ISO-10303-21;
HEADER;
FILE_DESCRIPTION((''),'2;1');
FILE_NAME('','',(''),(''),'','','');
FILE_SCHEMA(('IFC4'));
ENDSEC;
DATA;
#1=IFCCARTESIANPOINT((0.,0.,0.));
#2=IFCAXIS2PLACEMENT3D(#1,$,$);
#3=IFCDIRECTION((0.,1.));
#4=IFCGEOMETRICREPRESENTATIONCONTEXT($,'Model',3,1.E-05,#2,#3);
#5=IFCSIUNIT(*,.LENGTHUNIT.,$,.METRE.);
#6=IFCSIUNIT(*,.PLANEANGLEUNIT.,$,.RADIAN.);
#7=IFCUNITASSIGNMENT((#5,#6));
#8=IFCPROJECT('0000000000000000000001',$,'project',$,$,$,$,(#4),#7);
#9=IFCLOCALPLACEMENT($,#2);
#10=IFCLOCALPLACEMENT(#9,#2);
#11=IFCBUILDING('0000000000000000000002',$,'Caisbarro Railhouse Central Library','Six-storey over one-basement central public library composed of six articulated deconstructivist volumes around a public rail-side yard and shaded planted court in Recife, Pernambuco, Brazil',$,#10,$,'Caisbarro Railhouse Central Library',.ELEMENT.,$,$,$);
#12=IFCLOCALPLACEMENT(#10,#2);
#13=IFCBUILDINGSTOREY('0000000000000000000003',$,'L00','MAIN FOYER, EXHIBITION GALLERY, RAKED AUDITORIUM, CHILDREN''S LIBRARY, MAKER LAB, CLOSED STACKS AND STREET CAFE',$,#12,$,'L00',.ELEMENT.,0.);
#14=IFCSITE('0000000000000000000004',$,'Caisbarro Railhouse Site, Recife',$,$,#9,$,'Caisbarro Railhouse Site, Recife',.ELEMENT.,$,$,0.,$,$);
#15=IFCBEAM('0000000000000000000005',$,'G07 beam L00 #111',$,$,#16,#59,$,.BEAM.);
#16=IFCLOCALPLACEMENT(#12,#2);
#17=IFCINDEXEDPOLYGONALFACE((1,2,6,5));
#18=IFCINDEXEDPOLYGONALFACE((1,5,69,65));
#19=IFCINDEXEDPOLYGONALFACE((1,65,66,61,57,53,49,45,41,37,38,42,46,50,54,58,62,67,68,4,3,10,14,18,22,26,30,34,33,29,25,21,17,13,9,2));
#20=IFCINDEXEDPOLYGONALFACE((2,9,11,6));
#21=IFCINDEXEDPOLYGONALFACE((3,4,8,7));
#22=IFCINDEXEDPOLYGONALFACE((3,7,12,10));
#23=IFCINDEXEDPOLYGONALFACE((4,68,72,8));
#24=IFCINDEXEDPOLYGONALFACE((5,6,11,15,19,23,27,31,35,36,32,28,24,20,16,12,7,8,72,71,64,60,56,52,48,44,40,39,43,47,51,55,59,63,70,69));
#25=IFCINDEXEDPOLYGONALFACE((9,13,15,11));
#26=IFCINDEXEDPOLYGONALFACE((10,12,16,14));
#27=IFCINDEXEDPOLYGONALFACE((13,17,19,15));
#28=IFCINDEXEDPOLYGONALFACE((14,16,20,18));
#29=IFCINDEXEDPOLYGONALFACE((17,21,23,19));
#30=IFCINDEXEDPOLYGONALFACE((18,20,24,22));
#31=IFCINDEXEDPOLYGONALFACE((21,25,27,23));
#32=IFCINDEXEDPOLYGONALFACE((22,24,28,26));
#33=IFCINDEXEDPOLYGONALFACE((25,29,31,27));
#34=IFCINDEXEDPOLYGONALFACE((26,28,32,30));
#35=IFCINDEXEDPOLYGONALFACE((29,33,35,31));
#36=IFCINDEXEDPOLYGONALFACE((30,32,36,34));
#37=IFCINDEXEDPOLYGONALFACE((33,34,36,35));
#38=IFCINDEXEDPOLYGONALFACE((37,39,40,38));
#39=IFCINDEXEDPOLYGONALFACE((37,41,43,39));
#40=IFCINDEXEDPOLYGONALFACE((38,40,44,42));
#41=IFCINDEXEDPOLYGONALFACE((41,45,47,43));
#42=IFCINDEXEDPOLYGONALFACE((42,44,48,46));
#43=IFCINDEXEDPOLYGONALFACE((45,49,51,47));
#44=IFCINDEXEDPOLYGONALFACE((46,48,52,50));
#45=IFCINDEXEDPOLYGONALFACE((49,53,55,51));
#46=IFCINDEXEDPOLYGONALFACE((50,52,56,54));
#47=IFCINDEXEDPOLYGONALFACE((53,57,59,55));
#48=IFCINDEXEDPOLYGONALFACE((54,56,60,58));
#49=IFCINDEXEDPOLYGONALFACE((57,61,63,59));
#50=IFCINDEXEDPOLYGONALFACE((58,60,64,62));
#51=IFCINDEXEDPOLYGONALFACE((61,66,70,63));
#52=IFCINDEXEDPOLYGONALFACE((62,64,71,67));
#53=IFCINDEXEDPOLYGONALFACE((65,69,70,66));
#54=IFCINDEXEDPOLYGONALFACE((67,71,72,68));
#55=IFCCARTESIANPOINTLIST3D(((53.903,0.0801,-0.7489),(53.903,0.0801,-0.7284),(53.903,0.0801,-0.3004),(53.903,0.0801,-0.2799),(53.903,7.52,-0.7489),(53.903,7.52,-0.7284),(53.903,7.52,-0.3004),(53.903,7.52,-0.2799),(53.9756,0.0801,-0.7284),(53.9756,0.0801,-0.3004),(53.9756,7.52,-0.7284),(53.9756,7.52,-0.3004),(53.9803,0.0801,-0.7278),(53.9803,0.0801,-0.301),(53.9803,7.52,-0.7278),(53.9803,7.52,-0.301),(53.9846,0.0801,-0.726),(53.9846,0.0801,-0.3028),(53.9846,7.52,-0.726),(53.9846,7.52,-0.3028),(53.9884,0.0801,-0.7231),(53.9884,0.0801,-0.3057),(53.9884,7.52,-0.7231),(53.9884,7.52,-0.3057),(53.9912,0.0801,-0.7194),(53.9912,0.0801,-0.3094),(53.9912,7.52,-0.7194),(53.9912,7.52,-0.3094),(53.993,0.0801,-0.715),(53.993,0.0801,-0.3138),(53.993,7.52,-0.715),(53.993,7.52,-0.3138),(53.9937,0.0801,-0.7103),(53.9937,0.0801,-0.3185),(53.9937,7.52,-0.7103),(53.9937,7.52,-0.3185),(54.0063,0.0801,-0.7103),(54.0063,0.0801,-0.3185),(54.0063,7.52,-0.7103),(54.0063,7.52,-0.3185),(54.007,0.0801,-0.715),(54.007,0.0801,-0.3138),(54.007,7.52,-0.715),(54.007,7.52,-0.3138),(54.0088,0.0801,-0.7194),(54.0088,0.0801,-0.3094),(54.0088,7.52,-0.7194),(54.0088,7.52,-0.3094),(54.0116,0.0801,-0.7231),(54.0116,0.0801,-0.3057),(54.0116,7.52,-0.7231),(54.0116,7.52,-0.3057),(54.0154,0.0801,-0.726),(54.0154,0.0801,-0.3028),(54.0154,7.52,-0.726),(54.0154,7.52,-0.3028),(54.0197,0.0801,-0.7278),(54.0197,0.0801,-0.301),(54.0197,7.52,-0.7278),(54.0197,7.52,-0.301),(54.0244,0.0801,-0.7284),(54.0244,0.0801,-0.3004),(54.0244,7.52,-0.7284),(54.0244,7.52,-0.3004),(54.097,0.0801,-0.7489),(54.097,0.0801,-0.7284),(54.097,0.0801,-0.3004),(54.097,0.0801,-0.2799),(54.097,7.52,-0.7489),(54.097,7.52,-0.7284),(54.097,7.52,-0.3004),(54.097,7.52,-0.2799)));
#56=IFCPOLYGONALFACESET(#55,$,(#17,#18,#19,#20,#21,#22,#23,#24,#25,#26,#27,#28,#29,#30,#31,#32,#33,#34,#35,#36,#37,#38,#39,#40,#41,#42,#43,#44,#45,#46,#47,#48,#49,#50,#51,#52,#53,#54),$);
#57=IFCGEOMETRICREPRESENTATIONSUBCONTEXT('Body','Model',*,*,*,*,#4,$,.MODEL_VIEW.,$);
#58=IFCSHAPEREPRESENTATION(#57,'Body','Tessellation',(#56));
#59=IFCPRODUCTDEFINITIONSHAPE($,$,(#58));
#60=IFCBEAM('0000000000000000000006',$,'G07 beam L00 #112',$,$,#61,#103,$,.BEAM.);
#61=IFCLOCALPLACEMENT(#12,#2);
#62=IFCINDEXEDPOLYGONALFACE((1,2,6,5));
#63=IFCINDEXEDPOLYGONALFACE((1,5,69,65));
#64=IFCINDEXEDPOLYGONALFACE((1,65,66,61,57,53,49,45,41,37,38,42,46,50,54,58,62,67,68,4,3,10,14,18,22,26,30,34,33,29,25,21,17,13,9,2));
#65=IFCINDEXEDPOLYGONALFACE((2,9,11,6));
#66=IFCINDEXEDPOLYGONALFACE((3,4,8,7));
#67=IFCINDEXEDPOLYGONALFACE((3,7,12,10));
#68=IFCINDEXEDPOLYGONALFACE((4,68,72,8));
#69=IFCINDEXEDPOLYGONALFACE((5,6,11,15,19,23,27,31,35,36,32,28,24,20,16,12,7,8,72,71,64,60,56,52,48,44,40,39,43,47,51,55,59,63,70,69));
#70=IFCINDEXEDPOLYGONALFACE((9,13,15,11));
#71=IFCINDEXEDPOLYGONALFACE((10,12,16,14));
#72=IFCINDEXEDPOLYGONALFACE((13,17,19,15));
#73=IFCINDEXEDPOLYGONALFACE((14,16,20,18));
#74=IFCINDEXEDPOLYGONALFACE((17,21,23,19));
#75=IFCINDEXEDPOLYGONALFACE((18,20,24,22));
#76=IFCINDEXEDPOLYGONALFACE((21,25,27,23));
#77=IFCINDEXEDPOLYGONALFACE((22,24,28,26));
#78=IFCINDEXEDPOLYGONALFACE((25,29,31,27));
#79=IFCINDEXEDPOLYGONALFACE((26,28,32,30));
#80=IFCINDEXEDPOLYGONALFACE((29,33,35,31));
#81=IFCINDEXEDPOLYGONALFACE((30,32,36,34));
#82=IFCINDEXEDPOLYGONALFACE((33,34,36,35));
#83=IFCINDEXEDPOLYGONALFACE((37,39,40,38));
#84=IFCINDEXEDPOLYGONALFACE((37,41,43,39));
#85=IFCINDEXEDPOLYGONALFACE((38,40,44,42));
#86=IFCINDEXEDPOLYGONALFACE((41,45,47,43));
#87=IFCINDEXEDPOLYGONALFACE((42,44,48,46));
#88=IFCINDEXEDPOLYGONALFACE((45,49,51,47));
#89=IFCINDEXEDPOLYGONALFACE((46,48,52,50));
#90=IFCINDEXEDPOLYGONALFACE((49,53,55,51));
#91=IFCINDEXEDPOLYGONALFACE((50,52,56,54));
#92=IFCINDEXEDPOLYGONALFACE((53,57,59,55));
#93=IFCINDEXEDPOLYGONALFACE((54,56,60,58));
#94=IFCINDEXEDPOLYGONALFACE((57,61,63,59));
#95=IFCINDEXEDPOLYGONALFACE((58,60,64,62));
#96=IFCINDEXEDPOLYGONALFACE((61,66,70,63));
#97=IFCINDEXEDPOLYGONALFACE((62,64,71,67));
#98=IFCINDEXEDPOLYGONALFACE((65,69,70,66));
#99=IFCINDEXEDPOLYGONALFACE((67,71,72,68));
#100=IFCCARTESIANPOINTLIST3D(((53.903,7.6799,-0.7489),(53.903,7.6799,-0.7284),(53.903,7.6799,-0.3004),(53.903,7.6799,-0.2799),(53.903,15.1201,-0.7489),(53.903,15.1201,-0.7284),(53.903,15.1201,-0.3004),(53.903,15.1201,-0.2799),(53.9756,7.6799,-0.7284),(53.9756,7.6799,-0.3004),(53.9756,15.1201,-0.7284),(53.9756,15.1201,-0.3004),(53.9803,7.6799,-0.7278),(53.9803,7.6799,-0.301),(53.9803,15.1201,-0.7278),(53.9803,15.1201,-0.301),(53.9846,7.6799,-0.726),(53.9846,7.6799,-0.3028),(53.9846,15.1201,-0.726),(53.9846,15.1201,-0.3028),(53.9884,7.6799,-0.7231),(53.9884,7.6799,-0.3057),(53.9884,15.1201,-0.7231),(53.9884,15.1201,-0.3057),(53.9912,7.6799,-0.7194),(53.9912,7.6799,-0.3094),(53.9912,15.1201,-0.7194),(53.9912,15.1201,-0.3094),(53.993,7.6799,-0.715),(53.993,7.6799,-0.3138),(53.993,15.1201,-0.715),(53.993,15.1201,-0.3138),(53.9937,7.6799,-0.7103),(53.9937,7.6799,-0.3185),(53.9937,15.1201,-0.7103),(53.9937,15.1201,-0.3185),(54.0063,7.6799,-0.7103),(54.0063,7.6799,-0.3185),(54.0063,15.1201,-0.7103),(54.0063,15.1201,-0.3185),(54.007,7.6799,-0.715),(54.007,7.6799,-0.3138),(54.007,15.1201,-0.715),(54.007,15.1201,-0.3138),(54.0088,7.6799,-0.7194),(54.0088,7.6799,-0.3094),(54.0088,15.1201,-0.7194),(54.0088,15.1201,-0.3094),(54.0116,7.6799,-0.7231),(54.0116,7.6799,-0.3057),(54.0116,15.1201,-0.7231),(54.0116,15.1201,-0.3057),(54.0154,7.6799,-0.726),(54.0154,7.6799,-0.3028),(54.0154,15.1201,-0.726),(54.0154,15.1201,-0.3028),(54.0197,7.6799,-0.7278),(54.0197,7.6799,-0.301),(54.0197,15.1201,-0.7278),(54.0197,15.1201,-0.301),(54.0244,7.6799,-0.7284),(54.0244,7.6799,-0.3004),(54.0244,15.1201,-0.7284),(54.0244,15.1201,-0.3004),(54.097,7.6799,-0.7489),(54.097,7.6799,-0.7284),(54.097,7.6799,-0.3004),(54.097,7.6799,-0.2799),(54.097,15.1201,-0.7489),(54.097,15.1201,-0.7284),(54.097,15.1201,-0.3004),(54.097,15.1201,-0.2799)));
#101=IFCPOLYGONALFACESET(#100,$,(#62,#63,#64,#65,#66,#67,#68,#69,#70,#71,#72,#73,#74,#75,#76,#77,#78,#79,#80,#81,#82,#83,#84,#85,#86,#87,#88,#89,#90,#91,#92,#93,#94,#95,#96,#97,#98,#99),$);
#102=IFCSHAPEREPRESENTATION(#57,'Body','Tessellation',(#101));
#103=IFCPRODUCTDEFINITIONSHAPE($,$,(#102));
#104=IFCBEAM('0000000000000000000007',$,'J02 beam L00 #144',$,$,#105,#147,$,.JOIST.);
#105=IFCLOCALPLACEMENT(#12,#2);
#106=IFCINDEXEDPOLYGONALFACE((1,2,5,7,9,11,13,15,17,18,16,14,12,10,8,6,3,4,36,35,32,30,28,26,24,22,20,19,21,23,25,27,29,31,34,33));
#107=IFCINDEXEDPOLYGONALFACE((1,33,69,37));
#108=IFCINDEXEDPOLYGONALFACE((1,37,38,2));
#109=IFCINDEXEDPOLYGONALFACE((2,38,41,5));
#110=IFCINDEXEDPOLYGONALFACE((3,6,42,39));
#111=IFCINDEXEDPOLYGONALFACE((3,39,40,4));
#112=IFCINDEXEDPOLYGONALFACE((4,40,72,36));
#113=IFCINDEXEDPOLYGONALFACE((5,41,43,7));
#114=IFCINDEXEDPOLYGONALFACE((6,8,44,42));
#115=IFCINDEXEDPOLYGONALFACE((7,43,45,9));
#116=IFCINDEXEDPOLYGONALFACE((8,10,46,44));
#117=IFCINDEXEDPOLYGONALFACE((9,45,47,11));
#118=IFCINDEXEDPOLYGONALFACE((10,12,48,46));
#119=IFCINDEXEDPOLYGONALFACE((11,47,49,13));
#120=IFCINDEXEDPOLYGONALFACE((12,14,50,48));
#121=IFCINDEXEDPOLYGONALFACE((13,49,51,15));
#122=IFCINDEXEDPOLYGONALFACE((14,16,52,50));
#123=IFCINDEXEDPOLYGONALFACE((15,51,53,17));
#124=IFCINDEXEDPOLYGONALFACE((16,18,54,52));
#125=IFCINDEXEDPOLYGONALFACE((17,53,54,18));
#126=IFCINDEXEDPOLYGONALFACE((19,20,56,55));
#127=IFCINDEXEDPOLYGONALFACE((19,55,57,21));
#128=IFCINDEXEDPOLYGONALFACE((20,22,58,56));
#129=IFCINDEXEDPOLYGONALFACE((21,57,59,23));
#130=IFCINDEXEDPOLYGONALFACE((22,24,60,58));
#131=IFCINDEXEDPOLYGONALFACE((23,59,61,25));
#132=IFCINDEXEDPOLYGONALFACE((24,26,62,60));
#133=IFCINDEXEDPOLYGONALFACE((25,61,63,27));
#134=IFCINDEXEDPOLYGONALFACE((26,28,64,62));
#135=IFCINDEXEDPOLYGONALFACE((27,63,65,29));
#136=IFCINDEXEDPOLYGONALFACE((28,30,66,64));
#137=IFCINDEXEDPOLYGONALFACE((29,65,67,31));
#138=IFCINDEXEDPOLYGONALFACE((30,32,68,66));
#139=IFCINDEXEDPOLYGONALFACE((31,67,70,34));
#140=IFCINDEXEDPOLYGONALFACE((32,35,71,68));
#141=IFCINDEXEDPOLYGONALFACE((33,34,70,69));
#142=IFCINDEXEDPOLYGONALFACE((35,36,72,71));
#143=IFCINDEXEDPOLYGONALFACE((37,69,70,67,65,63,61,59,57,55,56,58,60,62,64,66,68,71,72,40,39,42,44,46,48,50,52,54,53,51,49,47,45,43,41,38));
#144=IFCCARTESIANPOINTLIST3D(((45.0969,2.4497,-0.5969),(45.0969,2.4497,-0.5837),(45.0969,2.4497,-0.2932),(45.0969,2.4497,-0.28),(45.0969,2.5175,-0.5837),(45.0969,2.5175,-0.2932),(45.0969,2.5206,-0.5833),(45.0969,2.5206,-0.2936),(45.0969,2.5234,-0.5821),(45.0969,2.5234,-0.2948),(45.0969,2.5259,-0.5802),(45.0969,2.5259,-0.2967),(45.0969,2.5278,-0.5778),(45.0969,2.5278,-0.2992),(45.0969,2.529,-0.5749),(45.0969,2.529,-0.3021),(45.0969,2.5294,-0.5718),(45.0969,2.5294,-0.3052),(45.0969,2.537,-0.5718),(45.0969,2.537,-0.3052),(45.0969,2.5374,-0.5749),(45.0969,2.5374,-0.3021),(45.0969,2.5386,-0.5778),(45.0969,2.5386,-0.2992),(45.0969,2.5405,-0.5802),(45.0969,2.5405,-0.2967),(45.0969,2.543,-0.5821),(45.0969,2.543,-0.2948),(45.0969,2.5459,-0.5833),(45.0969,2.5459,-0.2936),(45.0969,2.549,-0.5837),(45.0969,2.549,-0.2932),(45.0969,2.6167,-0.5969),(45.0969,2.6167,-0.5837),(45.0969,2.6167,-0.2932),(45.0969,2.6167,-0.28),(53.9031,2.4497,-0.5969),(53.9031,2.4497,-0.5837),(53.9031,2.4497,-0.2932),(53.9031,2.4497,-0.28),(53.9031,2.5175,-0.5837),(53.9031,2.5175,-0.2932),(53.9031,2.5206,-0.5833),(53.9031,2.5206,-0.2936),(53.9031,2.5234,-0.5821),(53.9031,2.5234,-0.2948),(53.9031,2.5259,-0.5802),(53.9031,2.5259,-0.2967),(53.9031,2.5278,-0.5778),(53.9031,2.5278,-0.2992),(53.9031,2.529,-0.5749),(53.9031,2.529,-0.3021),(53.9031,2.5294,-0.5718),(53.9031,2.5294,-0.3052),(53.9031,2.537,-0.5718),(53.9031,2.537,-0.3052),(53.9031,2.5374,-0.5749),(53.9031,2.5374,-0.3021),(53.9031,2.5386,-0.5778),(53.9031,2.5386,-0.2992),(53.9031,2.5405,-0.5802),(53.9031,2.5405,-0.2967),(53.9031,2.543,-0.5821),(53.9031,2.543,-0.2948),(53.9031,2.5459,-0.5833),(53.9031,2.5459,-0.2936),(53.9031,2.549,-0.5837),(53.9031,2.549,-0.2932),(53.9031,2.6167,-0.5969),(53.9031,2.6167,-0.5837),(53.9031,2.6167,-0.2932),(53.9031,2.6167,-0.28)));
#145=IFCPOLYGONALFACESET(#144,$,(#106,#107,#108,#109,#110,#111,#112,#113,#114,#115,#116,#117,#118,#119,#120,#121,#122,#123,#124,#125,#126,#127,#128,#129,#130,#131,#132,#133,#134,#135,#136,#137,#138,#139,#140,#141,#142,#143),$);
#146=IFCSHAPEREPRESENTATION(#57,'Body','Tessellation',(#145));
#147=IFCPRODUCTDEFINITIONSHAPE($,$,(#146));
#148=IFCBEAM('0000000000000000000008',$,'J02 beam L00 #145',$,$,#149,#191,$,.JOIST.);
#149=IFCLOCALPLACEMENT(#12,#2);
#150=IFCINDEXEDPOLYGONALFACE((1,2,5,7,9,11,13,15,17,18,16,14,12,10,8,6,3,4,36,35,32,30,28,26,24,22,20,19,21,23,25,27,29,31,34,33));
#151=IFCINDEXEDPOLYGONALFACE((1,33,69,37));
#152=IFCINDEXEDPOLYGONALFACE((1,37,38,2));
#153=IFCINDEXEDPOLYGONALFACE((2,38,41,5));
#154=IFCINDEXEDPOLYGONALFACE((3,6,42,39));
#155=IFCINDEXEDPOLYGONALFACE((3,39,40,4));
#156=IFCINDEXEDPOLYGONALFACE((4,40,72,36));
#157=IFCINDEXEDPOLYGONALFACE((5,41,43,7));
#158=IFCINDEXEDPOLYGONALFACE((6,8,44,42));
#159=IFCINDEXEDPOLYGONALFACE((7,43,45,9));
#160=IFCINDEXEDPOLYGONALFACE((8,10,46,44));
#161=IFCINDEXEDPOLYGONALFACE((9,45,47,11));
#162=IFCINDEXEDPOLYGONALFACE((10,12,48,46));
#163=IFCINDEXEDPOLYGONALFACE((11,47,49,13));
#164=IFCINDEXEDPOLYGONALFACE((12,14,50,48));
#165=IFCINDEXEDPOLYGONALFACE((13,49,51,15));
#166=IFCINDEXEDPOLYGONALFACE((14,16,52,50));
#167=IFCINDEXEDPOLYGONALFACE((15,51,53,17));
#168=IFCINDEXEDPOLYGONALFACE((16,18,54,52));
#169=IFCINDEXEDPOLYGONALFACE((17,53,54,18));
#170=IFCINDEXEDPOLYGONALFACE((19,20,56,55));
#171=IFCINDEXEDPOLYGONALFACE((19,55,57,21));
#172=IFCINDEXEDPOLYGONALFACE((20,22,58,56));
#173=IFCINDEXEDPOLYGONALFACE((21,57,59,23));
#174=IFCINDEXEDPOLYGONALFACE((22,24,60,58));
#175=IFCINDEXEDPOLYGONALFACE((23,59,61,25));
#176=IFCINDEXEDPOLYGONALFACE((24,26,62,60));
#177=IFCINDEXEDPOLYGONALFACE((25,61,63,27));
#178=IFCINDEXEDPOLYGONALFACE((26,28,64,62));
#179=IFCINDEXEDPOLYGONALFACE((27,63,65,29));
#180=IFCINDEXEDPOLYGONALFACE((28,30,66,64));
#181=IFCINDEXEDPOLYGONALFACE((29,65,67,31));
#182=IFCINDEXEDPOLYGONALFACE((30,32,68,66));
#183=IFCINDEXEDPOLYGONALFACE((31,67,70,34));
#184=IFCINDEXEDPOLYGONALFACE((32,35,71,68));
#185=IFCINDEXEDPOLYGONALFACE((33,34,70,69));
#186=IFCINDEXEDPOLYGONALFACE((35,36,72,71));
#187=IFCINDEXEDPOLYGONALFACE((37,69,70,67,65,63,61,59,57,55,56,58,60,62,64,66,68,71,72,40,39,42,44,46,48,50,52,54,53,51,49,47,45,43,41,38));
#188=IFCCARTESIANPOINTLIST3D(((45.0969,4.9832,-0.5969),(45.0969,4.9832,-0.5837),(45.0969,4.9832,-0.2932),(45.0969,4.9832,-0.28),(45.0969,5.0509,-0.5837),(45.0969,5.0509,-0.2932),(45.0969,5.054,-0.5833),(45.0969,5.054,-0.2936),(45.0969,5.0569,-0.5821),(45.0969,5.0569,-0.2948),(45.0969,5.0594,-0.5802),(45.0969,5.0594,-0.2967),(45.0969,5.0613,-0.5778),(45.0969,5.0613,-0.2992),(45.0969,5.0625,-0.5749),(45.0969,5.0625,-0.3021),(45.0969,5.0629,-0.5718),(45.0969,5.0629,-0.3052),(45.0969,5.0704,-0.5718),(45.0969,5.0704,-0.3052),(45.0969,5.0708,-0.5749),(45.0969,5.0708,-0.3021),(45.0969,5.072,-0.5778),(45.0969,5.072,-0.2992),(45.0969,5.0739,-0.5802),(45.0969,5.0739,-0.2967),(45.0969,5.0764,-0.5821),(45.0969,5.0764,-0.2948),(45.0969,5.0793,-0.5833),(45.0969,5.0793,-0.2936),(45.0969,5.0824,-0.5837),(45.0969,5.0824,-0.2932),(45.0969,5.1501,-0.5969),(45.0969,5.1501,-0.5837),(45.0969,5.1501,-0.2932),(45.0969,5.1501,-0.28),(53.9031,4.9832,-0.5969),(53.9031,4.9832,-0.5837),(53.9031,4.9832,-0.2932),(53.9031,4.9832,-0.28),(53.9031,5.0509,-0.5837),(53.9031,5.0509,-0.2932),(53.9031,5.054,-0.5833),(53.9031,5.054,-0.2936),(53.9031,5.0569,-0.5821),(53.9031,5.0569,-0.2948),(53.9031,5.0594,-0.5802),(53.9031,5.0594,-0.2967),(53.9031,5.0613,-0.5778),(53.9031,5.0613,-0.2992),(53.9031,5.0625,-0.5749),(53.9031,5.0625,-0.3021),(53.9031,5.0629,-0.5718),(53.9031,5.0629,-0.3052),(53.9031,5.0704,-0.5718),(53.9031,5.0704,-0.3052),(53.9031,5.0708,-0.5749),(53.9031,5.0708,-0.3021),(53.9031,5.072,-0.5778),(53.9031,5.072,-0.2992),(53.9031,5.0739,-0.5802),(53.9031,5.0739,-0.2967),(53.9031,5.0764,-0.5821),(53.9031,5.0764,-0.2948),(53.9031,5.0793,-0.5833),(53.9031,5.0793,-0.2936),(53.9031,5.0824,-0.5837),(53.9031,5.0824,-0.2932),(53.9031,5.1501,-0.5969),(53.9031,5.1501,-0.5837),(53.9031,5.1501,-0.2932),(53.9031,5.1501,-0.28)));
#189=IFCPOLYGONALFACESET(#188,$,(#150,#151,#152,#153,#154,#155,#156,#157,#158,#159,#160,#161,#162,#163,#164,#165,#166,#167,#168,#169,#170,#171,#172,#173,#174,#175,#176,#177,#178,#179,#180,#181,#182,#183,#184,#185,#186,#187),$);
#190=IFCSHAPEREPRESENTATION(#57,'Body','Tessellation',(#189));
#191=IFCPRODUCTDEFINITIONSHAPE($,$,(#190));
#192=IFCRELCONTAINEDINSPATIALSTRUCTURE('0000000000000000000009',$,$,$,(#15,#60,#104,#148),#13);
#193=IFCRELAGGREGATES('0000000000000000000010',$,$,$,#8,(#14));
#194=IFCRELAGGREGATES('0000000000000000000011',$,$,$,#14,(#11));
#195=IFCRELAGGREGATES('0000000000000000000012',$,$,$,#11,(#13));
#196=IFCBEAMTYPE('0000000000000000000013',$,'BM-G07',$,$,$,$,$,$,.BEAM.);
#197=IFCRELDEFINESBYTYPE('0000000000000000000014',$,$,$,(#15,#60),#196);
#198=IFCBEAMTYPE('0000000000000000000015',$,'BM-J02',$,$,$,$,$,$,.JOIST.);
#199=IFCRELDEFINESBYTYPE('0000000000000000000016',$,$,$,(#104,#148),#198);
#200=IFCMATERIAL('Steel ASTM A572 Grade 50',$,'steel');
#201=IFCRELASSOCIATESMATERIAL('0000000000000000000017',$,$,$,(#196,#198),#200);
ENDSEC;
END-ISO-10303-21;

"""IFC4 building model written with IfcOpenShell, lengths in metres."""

from ifc_helpers import new_model, si_unit, direction, frame, origin, origin_2d, place, context, subcontext, project, spatial, i_section, extrude, material, material_profile, profile_set, type_object, element, save


model = new_model("IFC4")

# Units and contexts
model_context = context("Model", 3, precision=1e-05, world=origin(), true_north=direction((0.0, 1.0)))
body_context = subcontext(model_context, "Body", "Model", "MODEL_VIEW")
ifc_project = project(units=[si_unit("LENGTHUNIT", "METRE"), si_unit("PLANEANGLEUNIT", "RADIAN")], contexts=[model_context])

# Site, building, storey
site_placement = place(None, origin())
site = spatial("IfcSite", under=ifc_project, at=site_placement, Name="Caisbarro Railhouse Site, Recife", LongName="Caisbarro Railhouse Site, Recife", CompositionType="ELEMENT", RefElevation=0.0)
building_placement = place(site_placement, origin())
building = spatial("IfcBuilding", under=site, at=building_placement, Name="Caisbarro Railhouse Central Library", Description="Six-storey over one-basement central public library composed of six articulated deconstructivist volumes around a public rail-side yard and shaded planted court in Recife, Pernambuco, Brazil", LongName="Caisbarro Railhouse Central Library", CompositionType="ELEMENT")
storey_placement = place(building_placement, origin())
storey = spatial("IfcBuildingStorey", under=building, at=storey_placement, Name="L00", Description="MAIN FOYER, EXHIBITION GALLERY, RAKED AUDITORIUM, CHILDREN'S LIBRARY, MAKER LAB, CLOSED STACKS AND STREET CAFE", LongName="L00", CompositionType="ELEMENT", Elevation=0.0)

# Shared definitions
ifc_material_1 = material(Name="Steel ASTM A572 Grade 50", Category="steel")

# Beams
ifc_material_profile_1 = material_profile(ifc_material_1, i_section(OverallWidth=0.1941, OverallDepth=0.469, WebThickness=0.0127, FlangeThickness=0.0205, FilletRadius=0.0181, at=origin_2d()), Name="W460X106.0")
ifc_profile_set_1 = profile_set([ifc_material_profile_1], Name="Steel ASTM A572 Grade 50")
beam_type_1 = type_object("IfcBeamType", Name="BM-G07", PredefinedType="BEAM", material=ifc_profile_set_1)
beam_1_placement = place(storey_placement, frame((54.0, 0.0801, -0.5144), z_axis=(0.0, 1.0, 0.0), x_axis=(-1.0, 0.0, 0.0)))
element("IfcBeam", 1, at=beam_1_placement, inside=storey, type_object=beam_type_1, Name="G07 beam L00 #111", PredefinedType="BEAM", context=body_context, shape_type="SweptSolid", body=[
    extrude(i_section(OverallWidth=0.1941, OverallDepth=0.469, WebThickness=0.0127, FlangeThickness=0.0205, FilletRadius=0.0181, at=origin_2d()), origin(), (0.0, 0.0, 1.0), 7.4399),
])
beam_2_placement = place(storey_placement, frame((54.0, 7.6799, -0.5144), z_axis=(0.0, 1.0, 0.0), x_axis=(-1.0, 0.0, 0.0)))
element("IfcBeam", 2, at=beam_2_placement, inside=storey, type_object=beam_type_1, Name="G07 beam L00 #112", PredefinedType="BEAM", context=body_context, shape_type="SweptSolid", body=[
    extrude(i_section(OverallWidth=0.1941, OverallDepth=0.469, WebThickness=0.0127, FlangeThickness=0.0205, FilletRadius=0.0181, at=origin_2d()), origin(), (0.0, 0.0, 1.0), 7.4402),
])
ifc_material_profile_2 = material_profile(ifc_material_1, i_section(OverallWidth=0.167, OverallDepth=0.3169, WebThickness=0.0076, FlangeThickness=0.0132, FilletRadius=0.012, at=origin_2d()), Name="W310X52.0")
ifc_profile_set_2 = profile_set([ifc_material_profile_2], Name="Steel ASTM A572 Grade 50")
beam_type_2 = type_object("IfcBeamType", Name="BM-J02", PredefinedType="JOIST", material=ifc_profile_set_2)
for number, where, z_axis, x_axis, name in (
    (3, (45.0969, 2.5332, -0.4385), (1.0, 0.0, 0.0), (0.0, 1.0, 0.0), "J02 beam L00 #144"),
    (4, (45.0969, 5.0667, -0.4385), (1.0, 0.0, 0.0), (0.0, 1.0, 0.0), "J02 beam L00 #145"),
):
    element("IfcBeam", number, at=place(storey_placement, frame(where, z_axis=z_axis, x_axis=x_axis)), inside=storey, type_object=beam_type_2, Name=name, PredefinedType="JOIST", context=body_context, shape_type="SweptSolid", body=[
        extrude(i_section(OverallWidth=0.167, OverallDepth=0.3169, WebThickness=0.0076, FlangeThickness=0.0132, FilletRadius=0.012, at=origin_2d()), origin(), (0.0, 0.0, 1.0), 8.8062),
    ])

save(model, "model.ifc")
